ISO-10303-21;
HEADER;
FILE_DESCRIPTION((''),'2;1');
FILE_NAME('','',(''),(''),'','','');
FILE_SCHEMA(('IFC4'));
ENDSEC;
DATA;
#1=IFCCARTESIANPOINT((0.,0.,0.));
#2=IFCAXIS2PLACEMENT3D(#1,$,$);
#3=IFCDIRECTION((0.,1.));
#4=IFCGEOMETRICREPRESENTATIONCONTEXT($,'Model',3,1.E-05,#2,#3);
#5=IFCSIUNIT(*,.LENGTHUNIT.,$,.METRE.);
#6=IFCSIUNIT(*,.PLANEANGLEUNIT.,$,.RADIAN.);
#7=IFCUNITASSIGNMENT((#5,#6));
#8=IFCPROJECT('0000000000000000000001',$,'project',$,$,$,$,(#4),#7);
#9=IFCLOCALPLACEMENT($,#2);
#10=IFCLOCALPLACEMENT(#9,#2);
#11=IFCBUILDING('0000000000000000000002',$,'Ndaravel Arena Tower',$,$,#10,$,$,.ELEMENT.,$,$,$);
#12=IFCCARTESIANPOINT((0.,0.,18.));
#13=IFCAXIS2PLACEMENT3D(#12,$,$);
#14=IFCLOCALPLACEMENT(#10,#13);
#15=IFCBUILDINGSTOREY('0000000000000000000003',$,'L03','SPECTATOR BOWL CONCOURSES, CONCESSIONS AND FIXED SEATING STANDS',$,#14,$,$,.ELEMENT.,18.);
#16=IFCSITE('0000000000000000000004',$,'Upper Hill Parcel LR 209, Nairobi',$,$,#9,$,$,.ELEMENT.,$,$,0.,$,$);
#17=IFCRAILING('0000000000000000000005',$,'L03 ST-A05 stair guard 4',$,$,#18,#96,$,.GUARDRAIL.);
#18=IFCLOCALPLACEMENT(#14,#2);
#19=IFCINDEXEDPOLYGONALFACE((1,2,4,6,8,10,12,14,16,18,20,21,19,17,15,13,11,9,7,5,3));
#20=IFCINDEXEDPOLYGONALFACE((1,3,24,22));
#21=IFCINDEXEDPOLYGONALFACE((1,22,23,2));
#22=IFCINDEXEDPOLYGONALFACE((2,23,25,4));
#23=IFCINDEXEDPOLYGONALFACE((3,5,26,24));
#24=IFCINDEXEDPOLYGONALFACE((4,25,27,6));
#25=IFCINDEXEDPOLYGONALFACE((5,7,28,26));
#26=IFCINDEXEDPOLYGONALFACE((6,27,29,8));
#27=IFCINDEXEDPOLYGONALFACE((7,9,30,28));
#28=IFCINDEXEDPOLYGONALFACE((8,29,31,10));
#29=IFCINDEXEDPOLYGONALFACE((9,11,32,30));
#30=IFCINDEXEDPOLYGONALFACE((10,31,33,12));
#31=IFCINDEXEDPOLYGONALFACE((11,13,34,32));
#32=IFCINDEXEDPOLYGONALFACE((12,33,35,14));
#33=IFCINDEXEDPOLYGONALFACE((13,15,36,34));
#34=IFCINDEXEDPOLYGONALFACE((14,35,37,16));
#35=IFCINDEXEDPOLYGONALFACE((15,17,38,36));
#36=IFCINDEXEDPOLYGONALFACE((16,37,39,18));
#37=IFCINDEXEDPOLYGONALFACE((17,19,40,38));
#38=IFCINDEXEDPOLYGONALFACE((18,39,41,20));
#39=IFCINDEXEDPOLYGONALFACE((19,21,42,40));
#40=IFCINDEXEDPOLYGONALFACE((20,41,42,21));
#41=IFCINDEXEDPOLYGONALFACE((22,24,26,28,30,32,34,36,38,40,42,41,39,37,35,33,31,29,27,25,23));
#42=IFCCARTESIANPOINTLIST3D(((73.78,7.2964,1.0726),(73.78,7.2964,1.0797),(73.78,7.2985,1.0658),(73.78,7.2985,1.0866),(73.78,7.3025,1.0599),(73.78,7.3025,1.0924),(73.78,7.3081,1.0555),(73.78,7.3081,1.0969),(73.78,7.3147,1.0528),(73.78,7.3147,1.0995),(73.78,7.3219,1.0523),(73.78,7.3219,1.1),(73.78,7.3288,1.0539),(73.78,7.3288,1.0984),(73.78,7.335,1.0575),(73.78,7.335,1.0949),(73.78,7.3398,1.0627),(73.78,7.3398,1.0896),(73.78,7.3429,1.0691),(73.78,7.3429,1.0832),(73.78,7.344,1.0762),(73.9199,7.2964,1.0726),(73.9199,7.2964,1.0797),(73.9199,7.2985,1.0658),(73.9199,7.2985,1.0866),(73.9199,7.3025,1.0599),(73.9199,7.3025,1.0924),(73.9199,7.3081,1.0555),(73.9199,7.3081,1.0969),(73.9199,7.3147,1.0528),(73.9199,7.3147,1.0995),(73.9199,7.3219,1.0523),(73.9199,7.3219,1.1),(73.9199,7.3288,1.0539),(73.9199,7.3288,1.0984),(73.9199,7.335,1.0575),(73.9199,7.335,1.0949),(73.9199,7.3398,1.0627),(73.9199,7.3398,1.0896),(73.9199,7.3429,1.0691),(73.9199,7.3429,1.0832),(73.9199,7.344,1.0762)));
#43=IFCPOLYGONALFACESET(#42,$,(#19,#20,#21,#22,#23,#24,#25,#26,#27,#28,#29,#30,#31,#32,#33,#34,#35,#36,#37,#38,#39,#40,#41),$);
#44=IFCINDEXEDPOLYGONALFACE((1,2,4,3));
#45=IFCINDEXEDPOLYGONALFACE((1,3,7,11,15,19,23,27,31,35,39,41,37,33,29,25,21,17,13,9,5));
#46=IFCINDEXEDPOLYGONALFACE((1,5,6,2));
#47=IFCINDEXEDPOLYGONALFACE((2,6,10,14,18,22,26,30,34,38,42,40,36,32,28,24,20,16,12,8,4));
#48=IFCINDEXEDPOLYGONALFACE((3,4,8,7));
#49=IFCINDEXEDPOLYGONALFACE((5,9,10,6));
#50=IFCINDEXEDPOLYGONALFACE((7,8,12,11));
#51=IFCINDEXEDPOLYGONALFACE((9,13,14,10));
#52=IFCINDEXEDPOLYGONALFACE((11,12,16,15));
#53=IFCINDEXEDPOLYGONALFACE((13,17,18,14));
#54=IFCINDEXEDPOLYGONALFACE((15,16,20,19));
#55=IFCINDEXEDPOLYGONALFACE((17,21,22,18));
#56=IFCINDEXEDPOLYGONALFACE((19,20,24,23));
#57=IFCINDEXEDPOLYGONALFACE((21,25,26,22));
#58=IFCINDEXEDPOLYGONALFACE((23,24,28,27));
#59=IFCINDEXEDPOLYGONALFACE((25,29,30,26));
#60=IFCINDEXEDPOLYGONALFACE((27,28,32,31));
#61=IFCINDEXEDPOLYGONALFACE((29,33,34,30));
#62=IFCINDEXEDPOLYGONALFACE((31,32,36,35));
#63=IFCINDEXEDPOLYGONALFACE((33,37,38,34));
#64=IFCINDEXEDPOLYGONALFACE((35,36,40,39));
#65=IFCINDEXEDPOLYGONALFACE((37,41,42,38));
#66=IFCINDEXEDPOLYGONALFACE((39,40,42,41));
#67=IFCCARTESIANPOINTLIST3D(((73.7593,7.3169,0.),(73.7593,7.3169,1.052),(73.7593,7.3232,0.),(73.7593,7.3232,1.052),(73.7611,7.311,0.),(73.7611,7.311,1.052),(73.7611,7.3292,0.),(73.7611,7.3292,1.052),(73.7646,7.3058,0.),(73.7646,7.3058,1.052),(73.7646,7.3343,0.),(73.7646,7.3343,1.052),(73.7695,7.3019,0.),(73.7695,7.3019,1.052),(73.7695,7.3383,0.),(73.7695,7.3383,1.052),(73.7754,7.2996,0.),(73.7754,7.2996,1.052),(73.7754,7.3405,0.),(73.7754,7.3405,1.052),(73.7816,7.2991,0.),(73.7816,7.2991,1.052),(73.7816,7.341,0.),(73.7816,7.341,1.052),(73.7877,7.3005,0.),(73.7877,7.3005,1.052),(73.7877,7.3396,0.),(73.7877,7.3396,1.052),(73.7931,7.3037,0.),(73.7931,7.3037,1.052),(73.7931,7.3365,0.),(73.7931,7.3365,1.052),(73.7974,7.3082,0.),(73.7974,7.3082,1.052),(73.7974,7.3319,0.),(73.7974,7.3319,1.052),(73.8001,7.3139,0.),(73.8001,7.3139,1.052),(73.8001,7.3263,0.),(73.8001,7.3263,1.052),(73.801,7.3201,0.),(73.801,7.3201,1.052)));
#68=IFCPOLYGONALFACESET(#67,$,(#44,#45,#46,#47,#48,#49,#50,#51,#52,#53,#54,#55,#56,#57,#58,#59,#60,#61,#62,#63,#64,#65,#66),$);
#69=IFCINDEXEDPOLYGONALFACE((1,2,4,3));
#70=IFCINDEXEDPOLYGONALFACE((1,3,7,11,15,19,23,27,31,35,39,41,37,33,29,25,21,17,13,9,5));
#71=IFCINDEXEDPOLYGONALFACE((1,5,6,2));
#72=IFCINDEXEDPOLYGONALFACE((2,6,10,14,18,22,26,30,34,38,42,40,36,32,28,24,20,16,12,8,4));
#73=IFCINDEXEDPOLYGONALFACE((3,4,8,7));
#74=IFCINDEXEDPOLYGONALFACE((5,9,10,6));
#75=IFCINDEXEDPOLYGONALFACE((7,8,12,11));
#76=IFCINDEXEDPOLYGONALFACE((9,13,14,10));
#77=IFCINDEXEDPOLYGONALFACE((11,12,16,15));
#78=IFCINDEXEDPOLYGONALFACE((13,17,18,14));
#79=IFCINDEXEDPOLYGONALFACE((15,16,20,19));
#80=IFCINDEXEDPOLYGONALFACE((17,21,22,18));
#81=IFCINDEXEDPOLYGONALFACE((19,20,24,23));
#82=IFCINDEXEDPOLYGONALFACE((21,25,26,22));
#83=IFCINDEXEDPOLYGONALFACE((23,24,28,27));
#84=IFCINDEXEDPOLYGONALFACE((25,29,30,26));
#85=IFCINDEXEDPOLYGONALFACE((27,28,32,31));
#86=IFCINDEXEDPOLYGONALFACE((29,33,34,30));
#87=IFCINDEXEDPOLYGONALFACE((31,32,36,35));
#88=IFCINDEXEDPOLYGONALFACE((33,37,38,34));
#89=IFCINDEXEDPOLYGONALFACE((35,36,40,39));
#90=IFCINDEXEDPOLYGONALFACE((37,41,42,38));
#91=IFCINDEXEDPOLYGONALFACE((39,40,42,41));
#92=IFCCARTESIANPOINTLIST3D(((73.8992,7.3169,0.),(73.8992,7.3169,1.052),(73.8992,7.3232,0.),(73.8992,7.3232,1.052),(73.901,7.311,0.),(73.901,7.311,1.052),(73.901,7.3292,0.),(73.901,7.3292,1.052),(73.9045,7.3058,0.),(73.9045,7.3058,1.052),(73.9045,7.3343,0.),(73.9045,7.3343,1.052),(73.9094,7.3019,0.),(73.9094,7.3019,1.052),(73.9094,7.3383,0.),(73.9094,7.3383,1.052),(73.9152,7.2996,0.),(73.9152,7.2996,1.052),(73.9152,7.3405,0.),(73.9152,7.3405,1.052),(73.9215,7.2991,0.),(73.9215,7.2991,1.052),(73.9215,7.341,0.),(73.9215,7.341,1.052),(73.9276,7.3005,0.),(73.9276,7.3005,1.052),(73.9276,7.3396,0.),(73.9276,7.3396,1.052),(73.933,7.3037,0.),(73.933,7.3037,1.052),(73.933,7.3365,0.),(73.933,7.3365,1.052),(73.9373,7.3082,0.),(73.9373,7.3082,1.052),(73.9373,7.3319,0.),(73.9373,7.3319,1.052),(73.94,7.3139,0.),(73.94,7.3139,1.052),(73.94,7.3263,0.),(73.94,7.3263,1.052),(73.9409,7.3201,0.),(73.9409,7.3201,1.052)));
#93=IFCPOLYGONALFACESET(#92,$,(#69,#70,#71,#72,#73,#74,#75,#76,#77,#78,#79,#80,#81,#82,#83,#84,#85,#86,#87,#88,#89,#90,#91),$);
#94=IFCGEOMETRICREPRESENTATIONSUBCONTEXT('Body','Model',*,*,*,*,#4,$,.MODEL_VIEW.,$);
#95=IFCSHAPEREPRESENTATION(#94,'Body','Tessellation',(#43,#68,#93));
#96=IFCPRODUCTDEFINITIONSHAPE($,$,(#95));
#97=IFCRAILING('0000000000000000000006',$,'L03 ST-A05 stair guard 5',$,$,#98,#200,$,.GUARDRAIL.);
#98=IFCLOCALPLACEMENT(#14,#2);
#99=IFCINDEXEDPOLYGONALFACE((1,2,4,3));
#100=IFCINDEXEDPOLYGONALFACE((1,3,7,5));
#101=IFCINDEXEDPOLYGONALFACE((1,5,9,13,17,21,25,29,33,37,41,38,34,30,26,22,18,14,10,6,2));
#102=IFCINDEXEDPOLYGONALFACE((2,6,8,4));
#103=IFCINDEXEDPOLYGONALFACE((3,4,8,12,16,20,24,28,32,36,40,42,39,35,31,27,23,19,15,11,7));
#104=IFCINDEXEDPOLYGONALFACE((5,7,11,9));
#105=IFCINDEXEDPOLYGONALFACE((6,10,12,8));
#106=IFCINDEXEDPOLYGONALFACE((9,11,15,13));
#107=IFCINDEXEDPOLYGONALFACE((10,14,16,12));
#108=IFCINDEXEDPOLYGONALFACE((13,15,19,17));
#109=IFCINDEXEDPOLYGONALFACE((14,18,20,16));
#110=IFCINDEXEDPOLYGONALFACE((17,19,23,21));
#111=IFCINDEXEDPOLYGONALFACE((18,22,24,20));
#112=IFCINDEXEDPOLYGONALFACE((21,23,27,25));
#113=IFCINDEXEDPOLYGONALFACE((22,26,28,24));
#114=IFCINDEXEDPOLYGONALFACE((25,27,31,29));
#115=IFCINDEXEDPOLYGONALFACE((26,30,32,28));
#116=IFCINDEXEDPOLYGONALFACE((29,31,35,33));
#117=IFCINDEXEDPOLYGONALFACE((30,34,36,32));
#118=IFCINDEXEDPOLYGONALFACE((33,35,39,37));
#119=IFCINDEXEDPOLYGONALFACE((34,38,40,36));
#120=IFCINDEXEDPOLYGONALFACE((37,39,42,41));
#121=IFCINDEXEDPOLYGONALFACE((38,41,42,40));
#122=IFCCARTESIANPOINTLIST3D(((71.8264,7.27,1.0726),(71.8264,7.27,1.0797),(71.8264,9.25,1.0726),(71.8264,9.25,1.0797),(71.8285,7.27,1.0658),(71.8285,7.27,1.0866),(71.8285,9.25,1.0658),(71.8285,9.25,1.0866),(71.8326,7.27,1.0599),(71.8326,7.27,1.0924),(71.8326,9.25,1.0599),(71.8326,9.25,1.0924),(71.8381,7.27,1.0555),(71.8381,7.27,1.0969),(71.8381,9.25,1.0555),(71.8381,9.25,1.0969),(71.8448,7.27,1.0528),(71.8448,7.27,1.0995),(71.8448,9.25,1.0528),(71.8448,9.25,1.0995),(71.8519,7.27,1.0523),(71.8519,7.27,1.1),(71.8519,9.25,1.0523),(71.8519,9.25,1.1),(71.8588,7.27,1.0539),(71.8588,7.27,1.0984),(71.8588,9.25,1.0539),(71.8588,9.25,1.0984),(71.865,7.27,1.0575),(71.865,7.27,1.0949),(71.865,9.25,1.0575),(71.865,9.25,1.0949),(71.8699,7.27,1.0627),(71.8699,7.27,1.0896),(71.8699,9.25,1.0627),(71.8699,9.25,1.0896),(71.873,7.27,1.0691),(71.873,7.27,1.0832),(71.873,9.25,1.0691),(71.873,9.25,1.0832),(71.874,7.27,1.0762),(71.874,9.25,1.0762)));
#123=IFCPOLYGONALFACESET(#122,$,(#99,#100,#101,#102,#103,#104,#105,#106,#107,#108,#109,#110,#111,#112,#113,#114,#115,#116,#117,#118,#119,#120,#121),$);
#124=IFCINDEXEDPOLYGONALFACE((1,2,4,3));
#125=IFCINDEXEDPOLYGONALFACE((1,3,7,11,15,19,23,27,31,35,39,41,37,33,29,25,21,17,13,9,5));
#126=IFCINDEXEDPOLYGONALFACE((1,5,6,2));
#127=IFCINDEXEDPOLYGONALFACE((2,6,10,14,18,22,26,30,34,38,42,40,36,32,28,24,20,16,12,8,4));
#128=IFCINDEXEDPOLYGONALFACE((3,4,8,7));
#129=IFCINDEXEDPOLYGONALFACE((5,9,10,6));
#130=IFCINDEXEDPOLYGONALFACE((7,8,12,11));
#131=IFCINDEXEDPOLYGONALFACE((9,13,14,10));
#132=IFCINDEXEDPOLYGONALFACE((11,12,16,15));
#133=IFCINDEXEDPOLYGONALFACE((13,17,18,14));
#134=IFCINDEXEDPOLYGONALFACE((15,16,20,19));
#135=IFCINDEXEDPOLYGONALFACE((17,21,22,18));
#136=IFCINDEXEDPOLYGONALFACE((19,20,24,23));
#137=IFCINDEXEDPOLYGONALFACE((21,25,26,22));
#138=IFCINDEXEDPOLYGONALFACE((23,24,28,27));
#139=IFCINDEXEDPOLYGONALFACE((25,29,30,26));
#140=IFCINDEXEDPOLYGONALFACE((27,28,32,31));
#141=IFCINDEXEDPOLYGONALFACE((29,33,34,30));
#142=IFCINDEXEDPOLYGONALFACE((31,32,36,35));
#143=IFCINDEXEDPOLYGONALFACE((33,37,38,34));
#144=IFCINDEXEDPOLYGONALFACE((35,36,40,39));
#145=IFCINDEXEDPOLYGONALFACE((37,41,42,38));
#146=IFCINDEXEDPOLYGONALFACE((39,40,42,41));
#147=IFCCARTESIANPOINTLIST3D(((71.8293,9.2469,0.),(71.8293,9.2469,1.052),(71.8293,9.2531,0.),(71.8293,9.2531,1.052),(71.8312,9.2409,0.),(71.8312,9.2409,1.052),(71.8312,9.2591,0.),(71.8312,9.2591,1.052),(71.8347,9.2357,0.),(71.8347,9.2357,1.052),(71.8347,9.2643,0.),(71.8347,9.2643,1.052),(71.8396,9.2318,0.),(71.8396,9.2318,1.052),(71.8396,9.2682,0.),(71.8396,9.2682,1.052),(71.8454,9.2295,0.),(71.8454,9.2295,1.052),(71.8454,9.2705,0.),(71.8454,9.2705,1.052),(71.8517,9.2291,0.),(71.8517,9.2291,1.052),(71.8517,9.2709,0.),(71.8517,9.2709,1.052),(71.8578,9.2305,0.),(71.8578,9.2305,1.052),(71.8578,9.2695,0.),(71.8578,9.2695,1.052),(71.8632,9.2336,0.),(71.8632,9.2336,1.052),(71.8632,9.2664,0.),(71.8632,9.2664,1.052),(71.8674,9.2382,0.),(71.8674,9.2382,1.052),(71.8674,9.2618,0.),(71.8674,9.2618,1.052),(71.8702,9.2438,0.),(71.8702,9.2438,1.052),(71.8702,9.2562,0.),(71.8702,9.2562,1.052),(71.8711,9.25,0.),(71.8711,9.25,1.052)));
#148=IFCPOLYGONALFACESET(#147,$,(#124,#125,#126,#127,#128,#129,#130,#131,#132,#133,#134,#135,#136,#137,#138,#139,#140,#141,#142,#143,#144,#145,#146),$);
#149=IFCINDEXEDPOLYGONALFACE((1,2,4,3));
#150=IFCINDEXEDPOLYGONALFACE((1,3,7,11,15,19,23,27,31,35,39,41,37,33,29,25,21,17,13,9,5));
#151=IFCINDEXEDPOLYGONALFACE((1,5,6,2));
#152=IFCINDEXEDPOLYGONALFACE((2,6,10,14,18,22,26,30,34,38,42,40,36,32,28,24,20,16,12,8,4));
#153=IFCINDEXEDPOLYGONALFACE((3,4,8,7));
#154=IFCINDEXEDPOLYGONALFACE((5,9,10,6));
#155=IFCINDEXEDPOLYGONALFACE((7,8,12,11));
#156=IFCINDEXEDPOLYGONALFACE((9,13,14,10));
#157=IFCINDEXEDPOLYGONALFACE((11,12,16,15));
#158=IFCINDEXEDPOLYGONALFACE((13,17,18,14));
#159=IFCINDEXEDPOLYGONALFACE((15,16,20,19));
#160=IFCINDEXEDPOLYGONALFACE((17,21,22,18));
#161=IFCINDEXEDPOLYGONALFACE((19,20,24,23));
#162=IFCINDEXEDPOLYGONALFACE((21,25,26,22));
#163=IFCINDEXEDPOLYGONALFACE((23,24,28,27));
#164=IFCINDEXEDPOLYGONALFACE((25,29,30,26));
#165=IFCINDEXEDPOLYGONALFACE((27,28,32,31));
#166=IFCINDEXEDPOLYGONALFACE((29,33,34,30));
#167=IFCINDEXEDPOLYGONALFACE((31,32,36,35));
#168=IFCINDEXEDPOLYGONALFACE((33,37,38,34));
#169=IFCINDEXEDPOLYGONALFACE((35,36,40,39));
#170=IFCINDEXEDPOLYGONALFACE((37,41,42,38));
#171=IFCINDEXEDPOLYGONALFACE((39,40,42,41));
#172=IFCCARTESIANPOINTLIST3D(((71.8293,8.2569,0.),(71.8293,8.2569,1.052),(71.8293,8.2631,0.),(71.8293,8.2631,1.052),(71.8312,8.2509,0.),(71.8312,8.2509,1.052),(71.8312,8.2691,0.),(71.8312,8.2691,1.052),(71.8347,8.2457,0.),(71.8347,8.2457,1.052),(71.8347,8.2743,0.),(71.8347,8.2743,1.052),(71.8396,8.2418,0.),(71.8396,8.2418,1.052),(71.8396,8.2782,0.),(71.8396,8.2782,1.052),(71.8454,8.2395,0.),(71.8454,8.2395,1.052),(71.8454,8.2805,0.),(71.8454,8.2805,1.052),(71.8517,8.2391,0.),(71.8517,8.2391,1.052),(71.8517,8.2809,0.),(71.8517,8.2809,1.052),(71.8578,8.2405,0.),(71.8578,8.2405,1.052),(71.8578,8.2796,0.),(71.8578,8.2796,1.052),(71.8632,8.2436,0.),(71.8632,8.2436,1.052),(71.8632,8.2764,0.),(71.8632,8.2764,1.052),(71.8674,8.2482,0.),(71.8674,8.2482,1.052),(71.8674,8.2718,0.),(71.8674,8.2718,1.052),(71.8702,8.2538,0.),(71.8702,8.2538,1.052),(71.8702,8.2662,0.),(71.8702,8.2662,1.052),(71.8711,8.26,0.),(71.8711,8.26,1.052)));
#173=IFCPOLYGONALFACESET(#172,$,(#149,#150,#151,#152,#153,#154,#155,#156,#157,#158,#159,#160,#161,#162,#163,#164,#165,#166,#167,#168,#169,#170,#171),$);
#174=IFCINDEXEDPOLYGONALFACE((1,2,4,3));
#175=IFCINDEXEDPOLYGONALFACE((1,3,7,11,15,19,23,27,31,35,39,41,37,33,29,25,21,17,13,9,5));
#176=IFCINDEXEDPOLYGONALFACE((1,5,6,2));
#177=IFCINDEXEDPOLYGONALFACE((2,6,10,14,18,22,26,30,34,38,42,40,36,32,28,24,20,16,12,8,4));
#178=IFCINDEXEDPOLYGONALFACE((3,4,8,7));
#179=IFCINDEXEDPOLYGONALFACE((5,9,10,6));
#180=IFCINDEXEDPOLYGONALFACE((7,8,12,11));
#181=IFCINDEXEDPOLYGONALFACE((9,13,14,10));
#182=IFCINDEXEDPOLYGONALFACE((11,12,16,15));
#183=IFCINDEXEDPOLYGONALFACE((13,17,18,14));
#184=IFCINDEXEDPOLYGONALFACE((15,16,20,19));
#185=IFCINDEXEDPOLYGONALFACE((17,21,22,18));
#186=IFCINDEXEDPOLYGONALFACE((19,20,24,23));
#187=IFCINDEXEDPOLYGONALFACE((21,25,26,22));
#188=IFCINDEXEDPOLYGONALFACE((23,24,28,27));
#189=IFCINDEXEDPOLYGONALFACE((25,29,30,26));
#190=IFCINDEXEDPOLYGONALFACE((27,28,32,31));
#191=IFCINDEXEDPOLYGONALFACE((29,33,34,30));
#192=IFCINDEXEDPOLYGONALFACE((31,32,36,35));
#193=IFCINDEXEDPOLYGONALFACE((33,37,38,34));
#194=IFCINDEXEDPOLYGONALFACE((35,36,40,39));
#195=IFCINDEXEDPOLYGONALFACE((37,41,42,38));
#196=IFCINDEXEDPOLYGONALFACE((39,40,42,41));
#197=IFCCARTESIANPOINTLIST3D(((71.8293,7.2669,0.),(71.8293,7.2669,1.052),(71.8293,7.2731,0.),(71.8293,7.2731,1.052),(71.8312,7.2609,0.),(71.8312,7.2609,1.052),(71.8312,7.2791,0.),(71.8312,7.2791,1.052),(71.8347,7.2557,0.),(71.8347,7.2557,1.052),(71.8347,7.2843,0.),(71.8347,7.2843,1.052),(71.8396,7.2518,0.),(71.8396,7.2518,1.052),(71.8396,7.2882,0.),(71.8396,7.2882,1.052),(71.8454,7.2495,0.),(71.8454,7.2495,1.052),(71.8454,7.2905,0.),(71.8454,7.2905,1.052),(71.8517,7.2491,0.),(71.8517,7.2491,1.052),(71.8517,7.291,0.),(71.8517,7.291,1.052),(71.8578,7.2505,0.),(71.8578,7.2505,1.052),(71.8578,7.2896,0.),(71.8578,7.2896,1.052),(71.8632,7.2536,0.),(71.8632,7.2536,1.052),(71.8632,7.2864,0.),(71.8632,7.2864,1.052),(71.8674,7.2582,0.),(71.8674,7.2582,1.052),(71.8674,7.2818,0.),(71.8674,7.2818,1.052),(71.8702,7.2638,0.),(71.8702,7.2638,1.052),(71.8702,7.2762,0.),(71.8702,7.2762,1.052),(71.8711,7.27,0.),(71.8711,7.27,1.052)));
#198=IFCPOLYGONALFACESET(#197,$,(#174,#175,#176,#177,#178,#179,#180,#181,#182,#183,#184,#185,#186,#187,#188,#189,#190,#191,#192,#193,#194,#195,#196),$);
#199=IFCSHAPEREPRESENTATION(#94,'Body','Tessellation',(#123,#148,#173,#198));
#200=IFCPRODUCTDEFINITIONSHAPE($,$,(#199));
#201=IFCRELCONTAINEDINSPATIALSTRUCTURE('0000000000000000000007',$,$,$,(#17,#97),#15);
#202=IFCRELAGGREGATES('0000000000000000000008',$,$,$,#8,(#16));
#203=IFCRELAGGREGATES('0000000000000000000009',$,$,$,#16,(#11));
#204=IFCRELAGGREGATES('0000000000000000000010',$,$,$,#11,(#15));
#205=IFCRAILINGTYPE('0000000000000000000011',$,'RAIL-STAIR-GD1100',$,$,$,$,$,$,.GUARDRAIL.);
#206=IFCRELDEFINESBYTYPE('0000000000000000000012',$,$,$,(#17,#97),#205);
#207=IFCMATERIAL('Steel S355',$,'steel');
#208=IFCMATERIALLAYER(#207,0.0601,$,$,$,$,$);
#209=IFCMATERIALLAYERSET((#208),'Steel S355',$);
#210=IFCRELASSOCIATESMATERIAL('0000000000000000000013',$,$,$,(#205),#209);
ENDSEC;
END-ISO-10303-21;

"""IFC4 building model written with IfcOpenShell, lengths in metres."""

from ifc_helpers import new_model, si_unit, direction, frame, origin, origin_2d, place, context, subcontext, project, spatial, circle, extrude, material, layer, layer_set, type_object, element, save


model = new_model("IFC4")

# Units and contexts
model_context = context("Model", 3, precision=1e-05, world=origin(), true_north=direction((0.0, 1.0)))
body_context = subcontext(model_context, "Body", "Model", "MODEL_VIEW")
ifc_project = project(units=[si_unit("LENGTHUNIT", "METRE"), si_unit("PLANEANGLEUNIT", "RADIAN")], contexts=[model_context])

# Site, building, storey
site_placement = place(None, origin())
site = spatial("IfcSite", under=ifc_project, at=site_placement, Name="Upper Hill Parcel LR 209, Nairobi", CompositionType="ELEMENT", RefElevation=0.0)
building_placement = place(site_placement, origin())
building = spatial("IfcBuilding", under=site, at=building_placement, Name="Ndaravel Arena Tower", CompositionType="ELEMENT")
storey_placement = place(building_placement, frame((0.0, 0.0, 18.0)))
storey = spatial("IfcBuildingStorey", under=building, at=storey_placement, Name="L03", Description="SPECTATOR BOWL CONCOURSES, CONCESSIONS AND FIXED SEATING STANDS", CompositionType="ELEMENT", Elevation=18.0)

# Railings
ifc_material_1 = material(Name="Steel S355", Category="steel")
ifc_layer_1 = layer(ifc_material_1, 0.0601)
ifc_layer_set_1 = layer_set([ifc_layer_1], Name="Steel S355")
railing_type_1 = type_object("IfcRailingType", Name="RAIL-STAIR-GD1100", PredefinedType="GUARDRAIL", material=ifc_layer_set_1)
railing_1_placement = place(storey_placement, frame((73.78, 7.3201, 0.0)))
element("IfcRailing", 1, at=railing_1_placement, inside=storey, type_object=railing_type_1, Name="L03 ST-A05 stair guard 4", PredefinedType="GUARDRAIL", context=body_context, shape_type="SweptSolid", body=[
    extrude(circle(Radius=0.0239, at=origin_2d()), frame((0.0, 0.0, 1.0762), z_axis=(1.0, 0.0, 0.0), x_axis=(0.0, 1.0, 0.0)), (0.0, 0.0, 1.0), 0.1399),
    extrude(circle(Radius=0.021, at=origin_2d()), origin(), (0.0, 0.0, 1.0), 1.052),
    extrude(circle(Radius=0.021, at=origin_2d()), frame((0.1399, 0.0, 0.0)), (0.0, 0.0, 1.0), 1.052),
])
for number, where, name in (
    (2, (71.8501, 9.25, 0.0), "L03 ST-A05 stair guard 5"),
):
    element("IfcRailing", number, at=place(storey_placement, frame(where)), inside=storey, type_object=railing_type_1, Name=name, PredefinedType="GUARDRAIL", context=body_context, shape_type="SweptSolid", body=[
        extrude(circle(Radius=0.0239, at=origin_2d()), frame((0.0, 0.0, 1.0762), z_axis=(0.0, -1.0, 0.0), x_axis=(1.0, 0.0, 0.0)), (0.0, 0.0, 1.0), 1.98),
        extrude(circle(Radius=0.021, at=origin_2d()), origin(), (0.0, 0.0, 1.0), 1.052),
        extrude(circle(Radius=0.021, at=origin_2d()), frame((0.0, -0.99, 0.0)), (0.0, 0.0, 1.0), 1.052),
        extrude(circle(Radius=0.021, at=origin_2d()), frame((0.0, -1.98, 0.0)), (0.0, 0.0, 1.0), 1.052),
    ])

save(model, "model.ifc")
